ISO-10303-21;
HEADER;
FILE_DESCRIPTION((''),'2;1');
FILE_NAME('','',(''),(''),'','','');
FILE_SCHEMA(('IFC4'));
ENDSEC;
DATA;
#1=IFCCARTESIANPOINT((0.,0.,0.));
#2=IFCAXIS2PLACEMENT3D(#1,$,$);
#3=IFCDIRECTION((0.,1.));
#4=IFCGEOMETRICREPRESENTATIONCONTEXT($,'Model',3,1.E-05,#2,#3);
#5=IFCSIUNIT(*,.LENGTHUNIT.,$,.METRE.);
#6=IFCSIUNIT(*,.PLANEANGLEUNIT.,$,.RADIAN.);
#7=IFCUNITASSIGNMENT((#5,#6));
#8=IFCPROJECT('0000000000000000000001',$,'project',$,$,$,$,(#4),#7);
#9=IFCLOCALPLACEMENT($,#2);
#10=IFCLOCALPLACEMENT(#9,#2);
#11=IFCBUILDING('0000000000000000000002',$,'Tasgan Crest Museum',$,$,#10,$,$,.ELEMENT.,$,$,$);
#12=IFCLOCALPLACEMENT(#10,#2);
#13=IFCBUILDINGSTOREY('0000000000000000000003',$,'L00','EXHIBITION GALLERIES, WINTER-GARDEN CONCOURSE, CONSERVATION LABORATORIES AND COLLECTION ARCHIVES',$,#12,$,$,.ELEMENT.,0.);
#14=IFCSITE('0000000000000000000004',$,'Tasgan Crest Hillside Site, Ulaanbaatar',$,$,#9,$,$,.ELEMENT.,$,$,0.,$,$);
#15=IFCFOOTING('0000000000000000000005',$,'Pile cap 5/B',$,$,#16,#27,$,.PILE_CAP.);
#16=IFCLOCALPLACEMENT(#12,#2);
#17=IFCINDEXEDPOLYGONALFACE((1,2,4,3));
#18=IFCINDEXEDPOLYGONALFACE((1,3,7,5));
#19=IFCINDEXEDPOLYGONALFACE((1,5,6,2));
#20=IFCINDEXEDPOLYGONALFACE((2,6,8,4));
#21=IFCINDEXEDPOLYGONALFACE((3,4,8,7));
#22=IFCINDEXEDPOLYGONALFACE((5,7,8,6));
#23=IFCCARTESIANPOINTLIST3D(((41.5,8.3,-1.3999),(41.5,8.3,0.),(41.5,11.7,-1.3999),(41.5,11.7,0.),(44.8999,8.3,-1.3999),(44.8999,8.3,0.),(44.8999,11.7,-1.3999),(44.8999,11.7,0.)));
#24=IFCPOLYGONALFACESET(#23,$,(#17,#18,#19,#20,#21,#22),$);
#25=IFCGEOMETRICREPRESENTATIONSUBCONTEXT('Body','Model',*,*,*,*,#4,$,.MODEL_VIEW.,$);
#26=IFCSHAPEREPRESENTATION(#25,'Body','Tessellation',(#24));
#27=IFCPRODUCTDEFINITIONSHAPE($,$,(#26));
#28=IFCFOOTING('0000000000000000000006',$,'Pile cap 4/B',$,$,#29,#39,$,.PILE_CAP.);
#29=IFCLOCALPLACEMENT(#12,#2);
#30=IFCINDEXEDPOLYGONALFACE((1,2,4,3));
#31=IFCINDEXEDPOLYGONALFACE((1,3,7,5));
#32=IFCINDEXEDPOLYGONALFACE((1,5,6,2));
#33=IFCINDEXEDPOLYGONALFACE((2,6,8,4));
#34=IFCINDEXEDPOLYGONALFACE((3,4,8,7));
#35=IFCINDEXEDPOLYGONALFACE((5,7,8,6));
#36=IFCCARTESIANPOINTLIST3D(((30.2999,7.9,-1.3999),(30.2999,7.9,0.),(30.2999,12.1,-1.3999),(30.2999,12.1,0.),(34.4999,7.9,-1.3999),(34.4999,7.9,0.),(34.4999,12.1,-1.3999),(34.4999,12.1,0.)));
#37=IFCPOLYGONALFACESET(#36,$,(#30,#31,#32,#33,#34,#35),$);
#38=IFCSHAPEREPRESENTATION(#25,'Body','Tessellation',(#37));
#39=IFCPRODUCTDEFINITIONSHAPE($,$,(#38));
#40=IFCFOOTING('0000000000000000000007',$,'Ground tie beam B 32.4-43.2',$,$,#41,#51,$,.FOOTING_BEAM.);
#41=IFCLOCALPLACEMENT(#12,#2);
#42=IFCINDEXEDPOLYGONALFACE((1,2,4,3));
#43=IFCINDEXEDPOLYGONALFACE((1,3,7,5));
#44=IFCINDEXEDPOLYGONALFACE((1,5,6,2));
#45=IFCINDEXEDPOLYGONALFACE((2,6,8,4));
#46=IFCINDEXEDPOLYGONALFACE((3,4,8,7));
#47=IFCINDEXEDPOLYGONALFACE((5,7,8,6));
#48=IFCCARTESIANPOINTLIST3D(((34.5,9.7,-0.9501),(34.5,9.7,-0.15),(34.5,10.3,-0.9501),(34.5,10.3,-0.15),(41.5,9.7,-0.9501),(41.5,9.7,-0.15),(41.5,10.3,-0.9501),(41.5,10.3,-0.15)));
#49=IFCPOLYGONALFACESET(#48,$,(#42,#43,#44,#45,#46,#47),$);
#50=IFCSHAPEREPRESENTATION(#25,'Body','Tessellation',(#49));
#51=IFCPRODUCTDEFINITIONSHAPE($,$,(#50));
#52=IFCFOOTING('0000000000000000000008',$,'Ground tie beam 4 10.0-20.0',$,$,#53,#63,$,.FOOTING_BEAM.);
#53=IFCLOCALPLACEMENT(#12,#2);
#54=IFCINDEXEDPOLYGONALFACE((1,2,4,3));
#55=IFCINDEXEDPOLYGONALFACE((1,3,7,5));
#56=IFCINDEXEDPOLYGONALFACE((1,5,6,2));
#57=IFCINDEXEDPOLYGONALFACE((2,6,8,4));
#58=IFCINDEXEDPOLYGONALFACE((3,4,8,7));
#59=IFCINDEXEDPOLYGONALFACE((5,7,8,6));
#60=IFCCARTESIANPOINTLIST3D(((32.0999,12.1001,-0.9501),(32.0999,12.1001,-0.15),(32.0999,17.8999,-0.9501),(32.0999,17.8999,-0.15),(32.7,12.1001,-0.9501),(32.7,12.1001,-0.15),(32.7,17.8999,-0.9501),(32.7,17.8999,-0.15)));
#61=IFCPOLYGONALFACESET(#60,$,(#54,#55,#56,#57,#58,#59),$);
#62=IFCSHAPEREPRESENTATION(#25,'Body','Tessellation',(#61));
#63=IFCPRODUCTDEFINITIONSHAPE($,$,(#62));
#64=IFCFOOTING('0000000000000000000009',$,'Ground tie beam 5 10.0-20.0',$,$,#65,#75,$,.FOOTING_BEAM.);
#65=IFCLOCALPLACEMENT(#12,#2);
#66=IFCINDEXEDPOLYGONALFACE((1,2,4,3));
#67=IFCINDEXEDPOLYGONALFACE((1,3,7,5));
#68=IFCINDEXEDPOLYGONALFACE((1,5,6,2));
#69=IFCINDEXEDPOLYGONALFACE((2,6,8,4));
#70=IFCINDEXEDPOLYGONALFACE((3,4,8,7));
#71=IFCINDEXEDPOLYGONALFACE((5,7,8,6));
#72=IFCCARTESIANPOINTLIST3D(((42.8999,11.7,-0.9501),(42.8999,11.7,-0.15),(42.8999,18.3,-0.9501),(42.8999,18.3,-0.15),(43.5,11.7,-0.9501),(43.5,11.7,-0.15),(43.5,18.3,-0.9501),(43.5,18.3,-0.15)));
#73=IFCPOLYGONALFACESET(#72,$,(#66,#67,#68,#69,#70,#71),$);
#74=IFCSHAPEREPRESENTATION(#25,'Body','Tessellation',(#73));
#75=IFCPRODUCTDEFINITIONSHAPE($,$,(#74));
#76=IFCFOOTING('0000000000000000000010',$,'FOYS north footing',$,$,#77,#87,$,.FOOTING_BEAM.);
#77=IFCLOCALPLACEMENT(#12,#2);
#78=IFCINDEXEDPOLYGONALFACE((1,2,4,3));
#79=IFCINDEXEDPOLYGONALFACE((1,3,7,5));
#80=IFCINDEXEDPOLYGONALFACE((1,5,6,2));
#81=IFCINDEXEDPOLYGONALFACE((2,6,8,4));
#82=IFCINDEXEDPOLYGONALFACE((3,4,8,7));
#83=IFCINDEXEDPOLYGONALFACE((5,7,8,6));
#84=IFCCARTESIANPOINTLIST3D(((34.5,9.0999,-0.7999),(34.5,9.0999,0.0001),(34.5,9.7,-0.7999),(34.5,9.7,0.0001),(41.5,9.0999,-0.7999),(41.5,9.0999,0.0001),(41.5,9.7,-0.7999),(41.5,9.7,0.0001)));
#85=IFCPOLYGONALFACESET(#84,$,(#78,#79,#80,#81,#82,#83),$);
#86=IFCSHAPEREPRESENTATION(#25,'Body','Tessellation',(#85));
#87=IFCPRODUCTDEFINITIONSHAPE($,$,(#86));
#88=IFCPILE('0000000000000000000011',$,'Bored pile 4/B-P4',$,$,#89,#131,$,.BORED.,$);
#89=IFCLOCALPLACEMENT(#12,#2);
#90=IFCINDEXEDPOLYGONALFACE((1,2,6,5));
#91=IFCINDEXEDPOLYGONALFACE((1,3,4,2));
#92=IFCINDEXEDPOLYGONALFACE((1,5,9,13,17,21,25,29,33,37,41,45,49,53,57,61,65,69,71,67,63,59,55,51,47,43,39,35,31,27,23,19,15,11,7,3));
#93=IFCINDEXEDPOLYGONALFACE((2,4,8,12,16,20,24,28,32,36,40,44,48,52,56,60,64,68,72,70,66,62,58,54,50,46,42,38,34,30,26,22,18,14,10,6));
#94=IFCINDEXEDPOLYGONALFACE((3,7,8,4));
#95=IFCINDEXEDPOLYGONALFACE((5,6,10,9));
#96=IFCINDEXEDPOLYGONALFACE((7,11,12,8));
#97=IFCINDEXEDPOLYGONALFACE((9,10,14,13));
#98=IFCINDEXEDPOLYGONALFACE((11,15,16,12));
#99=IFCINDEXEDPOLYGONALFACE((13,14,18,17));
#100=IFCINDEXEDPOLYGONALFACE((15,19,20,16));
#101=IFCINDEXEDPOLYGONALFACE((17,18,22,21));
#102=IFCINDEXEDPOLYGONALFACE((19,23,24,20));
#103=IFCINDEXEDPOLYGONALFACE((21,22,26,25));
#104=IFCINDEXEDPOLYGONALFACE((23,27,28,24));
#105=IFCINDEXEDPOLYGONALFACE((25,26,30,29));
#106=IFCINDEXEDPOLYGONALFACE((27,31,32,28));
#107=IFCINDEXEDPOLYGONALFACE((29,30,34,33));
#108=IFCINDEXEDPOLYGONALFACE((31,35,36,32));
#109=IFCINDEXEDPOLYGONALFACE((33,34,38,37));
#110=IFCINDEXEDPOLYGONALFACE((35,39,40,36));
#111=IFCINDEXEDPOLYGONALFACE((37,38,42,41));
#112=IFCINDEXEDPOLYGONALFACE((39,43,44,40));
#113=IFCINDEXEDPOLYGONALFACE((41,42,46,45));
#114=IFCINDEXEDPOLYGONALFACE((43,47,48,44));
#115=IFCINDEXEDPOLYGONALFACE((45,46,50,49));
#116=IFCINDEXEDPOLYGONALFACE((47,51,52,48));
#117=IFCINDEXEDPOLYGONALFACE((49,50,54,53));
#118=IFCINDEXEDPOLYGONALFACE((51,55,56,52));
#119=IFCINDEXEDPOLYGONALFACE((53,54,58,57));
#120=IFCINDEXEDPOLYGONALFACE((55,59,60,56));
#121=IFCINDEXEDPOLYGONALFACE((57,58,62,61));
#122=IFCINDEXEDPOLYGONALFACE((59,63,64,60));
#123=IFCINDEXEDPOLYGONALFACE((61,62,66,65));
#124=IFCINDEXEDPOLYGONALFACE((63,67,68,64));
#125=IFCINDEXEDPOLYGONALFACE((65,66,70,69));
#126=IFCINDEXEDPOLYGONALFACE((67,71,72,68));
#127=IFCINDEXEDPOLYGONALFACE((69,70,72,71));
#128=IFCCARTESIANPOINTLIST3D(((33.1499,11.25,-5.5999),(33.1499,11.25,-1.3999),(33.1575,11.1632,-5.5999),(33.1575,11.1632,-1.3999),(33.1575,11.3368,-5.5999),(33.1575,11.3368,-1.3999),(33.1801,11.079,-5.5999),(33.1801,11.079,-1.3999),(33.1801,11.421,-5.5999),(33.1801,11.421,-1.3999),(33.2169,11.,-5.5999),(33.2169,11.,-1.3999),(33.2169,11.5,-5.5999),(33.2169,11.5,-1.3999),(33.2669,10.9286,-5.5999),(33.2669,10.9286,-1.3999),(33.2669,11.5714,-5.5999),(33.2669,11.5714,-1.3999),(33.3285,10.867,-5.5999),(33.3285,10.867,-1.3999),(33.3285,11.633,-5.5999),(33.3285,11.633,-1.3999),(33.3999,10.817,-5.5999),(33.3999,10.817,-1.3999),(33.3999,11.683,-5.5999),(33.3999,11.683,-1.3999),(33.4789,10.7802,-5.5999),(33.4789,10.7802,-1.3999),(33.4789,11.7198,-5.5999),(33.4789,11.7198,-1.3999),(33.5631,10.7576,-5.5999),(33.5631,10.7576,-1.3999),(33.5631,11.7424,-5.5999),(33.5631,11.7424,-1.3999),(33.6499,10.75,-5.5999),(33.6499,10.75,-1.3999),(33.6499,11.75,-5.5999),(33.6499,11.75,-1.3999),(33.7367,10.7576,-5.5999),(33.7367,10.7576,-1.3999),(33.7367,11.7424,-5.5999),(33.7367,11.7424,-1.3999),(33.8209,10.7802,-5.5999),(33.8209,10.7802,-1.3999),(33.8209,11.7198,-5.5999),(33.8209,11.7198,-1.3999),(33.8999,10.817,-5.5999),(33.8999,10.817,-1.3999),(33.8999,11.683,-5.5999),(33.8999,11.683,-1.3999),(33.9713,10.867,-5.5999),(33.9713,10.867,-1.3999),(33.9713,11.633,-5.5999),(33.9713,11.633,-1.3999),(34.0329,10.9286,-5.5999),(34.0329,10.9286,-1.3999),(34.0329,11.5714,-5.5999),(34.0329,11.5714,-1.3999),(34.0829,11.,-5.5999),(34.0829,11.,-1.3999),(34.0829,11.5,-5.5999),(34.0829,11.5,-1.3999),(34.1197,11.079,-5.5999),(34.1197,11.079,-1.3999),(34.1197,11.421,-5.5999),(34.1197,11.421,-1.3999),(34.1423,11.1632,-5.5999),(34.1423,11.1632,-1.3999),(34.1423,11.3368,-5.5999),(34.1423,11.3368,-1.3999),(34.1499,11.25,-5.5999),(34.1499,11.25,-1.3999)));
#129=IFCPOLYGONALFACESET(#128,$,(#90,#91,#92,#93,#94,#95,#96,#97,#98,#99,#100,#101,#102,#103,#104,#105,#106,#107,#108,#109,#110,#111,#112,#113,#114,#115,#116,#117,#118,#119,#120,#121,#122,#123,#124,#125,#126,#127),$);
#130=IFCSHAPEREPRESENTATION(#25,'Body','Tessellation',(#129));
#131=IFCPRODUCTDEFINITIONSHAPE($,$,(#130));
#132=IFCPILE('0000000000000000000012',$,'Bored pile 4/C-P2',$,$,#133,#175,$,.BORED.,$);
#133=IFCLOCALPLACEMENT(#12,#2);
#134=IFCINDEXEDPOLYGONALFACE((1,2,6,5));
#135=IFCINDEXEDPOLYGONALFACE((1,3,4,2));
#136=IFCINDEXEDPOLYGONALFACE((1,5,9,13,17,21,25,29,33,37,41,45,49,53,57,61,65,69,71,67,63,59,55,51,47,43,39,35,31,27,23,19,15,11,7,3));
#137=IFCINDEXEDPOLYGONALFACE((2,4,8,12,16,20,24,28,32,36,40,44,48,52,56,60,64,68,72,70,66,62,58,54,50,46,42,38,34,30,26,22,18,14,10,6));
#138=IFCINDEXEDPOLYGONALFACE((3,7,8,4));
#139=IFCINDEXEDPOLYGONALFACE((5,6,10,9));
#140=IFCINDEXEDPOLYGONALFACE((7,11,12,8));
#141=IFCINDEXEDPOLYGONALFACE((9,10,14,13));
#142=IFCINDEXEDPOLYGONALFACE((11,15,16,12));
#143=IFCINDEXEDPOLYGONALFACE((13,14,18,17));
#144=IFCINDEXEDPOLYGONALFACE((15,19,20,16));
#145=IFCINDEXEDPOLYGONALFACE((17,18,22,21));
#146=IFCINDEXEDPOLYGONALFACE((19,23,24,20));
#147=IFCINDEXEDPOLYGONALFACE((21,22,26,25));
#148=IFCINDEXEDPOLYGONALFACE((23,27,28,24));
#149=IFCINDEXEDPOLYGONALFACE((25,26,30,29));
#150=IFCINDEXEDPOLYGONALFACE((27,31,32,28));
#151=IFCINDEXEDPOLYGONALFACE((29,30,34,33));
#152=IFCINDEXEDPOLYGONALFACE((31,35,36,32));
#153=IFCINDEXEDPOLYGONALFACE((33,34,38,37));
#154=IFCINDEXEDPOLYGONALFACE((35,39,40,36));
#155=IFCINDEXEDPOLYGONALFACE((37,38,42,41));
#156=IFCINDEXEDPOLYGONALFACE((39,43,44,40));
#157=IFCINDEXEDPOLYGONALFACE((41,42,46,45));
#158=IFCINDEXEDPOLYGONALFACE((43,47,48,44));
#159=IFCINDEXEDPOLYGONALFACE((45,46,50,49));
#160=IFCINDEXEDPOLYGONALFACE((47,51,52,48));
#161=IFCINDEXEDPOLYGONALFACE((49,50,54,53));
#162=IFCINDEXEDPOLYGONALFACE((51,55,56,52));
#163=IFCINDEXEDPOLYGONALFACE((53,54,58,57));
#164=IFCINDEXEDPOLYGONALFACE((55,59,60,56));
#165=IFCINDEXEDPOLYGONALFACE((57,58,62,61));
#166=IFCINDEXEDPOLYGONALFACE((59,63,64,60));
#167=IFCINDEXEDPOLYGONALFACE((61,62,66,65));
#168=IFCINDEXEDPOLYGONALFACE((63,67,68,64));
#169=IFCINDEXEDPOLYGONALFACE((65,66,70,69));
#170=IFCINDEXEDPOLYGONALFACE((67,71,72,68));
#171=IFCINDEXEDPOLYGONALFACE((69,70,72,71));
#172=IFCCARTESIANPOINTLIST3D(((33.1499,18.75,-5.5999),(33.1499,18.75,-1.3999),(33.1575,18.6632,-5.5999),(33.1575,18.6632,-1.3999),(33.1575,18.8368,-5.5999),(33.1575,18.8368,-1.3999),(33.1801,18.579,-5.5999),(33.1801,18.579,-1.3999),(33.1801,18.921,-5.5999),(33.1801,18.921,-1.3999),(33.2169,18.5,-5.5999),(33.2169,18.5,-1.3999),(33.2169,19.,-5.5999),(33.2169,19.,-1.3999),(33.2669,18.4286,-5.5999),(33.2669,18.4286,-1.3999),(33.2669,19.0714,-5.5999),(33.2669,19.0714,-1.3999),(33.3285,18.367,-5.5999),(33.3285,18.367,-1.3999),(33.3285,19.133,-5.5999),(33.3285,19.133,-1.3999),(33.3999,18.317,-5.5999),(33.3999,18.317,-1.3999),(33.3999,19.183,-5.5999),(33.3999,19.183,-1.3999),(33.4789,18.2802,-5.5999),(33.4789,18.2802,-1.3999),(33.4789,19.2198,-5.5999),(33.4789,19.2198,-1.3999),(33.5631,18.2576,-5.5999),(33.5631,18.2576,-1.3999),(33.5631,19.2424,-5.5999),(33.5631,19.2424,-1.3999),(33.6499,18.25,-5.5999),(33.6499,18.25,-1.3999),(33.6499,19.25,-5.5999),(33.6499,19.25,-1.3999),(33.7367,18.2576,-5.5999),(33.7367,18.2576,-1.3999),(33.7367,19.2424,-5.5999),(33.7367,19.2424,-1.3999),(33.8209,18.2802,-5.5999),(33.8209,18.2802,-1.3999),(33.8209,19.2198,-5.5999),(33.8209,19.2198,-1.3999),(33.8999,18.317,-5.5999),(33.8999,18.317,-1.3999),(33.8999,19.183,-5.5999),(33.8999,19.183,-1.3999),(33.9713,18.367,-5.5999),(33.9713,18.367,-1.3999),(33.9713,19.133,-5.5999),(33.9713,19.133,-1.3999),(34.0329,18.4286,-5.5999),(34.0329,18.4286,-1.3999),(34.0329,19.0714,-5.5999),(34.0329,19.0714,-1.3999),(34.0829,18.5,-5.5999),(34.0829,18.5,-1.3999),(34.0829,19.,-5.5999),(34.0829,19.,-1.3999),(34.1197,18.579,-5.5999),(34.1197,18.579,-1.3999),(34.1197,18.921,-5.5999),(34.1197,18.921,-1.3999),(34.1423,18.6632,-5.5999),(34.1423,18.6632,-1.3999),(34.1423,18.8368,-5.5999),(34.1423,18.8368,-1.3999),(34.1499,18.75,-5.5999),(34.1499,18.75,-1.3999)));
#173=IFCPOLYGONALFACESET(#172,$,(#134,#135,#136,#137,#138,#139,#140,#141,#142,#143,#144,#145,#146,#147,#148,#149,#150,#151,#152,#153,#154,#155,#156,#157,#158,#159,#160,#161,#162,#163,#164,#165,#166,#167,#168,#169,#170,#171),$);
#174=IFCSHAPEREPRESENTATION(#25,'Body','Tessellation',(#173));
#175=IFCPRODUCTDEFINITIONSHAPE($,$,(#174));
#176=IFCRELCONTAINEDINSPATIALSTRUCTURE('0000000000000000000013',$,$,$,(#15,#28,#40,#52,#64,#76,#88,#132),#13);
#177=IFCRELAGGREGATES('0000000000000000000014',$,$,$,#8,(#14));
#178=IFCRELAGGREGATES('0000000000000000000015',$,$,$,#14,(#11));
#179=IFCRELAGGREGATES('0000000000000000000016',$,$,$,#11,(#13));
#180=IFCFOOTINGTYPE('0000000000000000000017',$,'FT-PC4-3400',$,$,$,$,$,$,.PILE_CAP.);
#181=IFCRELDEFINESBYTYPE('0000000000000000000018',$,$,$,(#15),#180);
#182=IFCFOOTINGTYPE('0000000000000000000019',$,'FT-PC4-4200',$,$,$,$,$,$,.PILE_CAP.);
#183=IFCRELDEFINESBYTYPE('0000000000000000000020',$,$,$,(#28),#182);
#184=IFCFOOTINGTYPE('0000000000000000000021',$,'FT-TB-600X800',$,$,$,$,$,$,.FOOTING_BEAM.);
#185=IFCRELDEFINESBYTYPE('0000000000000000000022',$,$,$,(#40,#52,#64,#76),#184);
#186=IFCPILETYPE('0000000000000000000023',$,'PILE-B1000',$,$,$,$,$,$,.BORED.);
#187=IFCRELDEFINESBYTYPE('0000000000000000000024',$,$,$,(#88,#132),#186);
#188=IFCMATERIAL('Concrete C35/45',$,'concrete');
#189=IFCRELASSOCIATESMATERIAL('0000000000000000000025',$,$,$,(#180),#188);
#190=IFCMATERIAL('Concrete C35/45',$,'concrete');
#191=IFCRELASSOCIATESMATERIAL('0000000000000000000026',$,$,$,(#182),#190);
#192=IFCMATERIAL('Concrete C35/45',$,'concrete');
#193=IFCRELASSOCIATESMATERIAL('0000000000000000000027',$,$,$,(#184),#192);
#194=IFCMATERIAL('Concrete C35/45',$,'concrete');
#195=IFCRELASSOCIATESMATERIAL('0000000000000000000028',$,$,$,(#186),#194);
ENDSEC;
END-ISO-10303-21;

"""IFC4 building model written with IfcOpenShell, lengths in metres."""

from ifc_helpers import new_model, si_unit, direction, frame, origin, origin_2d, place, context, subcontext, project, spatial, rectangle, circle, extrude, material, material_profile, profile_set, type_object, element, save


model = new_model("IFC4")

# Units and contexts
model_context = context("Model", 3, precision=1e-05, world=origin(), true_north=direction((0.0, 1.0)))
body_context = subcontext(model_context, "Body", "Model", "MODEL_VIEW")
ifc_project = project(units=[si_unit("LENGTHUNIT", "METRE"), si_unit("PLANEANGLEUNIT", "RADIAN")], contexts=[model_context])

# Site, building, storey
site_placement = place(None, origin())
site = spatial("IfcSite", under=ifc_project, at=site_placement, Name="Tasgan Crest Hillside Site, Ulaanbaatar", CompositionType="ELEMENT", RefElevation=0.0)
building_placement = place(site_placement, origin())
building = spatial("IfcBuilding", under=site, at=building_placement, Name="Tasgan Crest Museum", CompositionType="ELEMENT")
storey_placement = place(building_placement, origin())
storey = spatial("IfcBuildingStorey", under=building, at=storey_placement, Name="L00", Description="EXHIBITION GALLERIES, WINTER-GARDEN CONCOURSE, CONSERVATION LABORATORIES AND COLLECTION ARCHIVES", CompositionType="ELEMENT", Elevation=0.0)

# Footings
ifc_material_1 = material(Name="Concrete C35/45", Category="concrete")
footing_type_1 = type_object("IfcFootingType", Name="FT-PC4-3400", PredefinedType="PILE_CAP", material=ifc_material_1)
footing_1_placement = place(storey_placement, frame((43.2, 10.0, -1.3999), z_axis=(0.0, 0.0, 1.0), x_axis=(1.0, 0.0, 0.0)))
element("IfcFooting", 1, at=footing_1_placement, inside=storey, type_object=footing_type_1, Name="Pile cap 5/B", PredefinedType="PILE_CAP", context=body_context, shape_type="SweptSolid", body=[
    extrude(rectangle(XDim=3.3999, YDim=3.3999, at=origin_2d()), origin(), (0.0, 0.0, 1.0), 1.3999),
])
ifc_material_2 = material(Name="Concrete C35/45", Category="concrete")
footing_type_2 = type_object("IfcFootingType", Name="FT-PC4-4200", PredefinedType="PILE_CAP", material=ifc_material_2)
footing_2_placement = place(storey_placement, frame((32.3999, 10.0, -1.3999), z_axis=(0.0, 0.0, 1.0), x_axis=(1.0, 0.0, 0.0)))
element("IfcFooting", 2, at=footing_2_placement, inside=storey, type_object=footing_type_2, Name="Pile cap 4/B", PredefinedType="PILE_CAP", context=body_context, shape_type="SweptSolid", body=[
    extrude(rectangle(XDim=4.2, YDim=4.2, at=origin_2d()), origin(), (0.0, 0.0, 1.0), 1.3999),
])
ifc_material_3 = material(Name="Concrete C35/45", Category="concrete")
ifc_material_profile_1 = material_profile(ifc_material_3, rectangle(XDim=0.6001, YDim=0.8, at=origin_2d()), Name="TB 600x800")
ifc_profile_set_1 = profile_set([ifc_material_profile_1], Name="Concrete C35/45")
footing_type_3 = type_object("IfcFootingType", Name="FT-TB-600X800", PredefinedType="FOOTING_BEAM", material=ifc_profile_set_1)
footing_3_placement = place(storey_placement, frame((34.5, 10.0, -0.55), z_axis=(1.0, 0.0, 0.0), x_axis=(0.0, 1.0, 0.0)))
element("IfcFooting", 3, at=footing_3_placement, inside=storey, type_object=footing_type_3, Name="Ground tie beam B 32.4-43.2", PredefinedType="FOOTING_BEAM", context=body_context, shape_type="SweptSolid", body=[
    extrude(rectangle(XDim=0.6001, YDim=0.8, at=origin_2d()), origin(), (0.0, 0.0, 1.0), 7.0),
])
footing_4_placement = place(storey_placement, frame((32.3999, 12.1001, -0.55), z_axis=(0.0, 1.0, 0.0), x_axis=(-1.0, 0.0, 0.0)))
element("IfcFooting", 4, at=footing_4_placement, inside=storey, type_object=footing_type_3, Name="Ground tie beam 4 10.0-20.0", PredefinedType="FOOTING_BEAM", context=body_context, shape_type="SweptSolid", body=[
    extrude(rectangle(XDim=0.6001, YDim=0.8, at=origin_2d()), origin(), (0.0, 0.0, 1.0), 5.7998),
])
footing_5_placement = place(storey_placement, frame((43.2, 11.7, -0.55), z_axis=(0.0, 1.0, 0.0), x_axis=(-1.0, 0.0, 0.0)))
element("IfcFooting", 5, at=footing_5_placement, inside=storey, type_object=footing_type_3, Name="Ground tie beam 5 10.0-20.0", PredefinedType="FOOTING_BEAM", context=body_context, shape_type="SweptSolid", body=[
    extrude(rectangle(XDim=0.6001, YDim=0.8, at=origin_2d()), origin(), (0.0, 0.0, 1.0), 6.6001),
])
footing_6_placement = place(storey_placement, frame((34.5, 9.3999, -0.3999), z_axis=(1.0, 0.0, 0.0), x_axis=(0.0, 1.0, 0.0)))
element("IfcFooting", 6, at=footing_6_placement, inside=storey, type_object=footing_type_3, Name="FOYS north footing", PredefinedType="FOOTING_BEAM", context=body_context, shape_type="SweptSolid", body=[
    extrude(rectangle(XDim=0.6001, YDim=0.8, at=origin_2d()), origin(), (0.0, 0.0, 1.0), 7.0),
])

# Piles
ifc_material_4 = material(Name="Concrete C35/45", Category="concrete")
ifc_material_profile_2 = material_profile(ifc_material_4, circle(Radius=0.5, at=origin_2d()), Name="PILE D1000")
ifc_profile_set_2 = profile_set([ifc_material_profile_2], Name="Concrete C35/45")
pile_type_1 = type_object("IfcPileType", Name="PILE-B1000", PredefinedType="BORED", material=ifc_profile_set_2)
for number, where, z_axis, x_axis, name in (
    (7, (33.6499, 11.25, -1.3999), (0.0, 0.0, -1.0), (1.0, 0.0, 0.0), "Bored pile 4/B-P4"),
    (8, (33.6499, 18.75, -1.3999), (0.0, 0.0, -1.0), (1.0, 0.0, 0.0), "Bored pile 4/C-P2"),
):
    element("IfcPile", number, at=place(storey_placement, frame(where, z_axis=z_axis, x_axis=x_axis)), inside=storey, type_object=pile_type_1, Name=name, PredefinedType="BORED", context=body_context, shape_type="SweptSolid", body=[
        extrude(circle(Radius=0.5, at=origin_2d()), origin(), (0.0, 0.0, 1.0), 4.2),
    ])

save(model, "model.ifc")
